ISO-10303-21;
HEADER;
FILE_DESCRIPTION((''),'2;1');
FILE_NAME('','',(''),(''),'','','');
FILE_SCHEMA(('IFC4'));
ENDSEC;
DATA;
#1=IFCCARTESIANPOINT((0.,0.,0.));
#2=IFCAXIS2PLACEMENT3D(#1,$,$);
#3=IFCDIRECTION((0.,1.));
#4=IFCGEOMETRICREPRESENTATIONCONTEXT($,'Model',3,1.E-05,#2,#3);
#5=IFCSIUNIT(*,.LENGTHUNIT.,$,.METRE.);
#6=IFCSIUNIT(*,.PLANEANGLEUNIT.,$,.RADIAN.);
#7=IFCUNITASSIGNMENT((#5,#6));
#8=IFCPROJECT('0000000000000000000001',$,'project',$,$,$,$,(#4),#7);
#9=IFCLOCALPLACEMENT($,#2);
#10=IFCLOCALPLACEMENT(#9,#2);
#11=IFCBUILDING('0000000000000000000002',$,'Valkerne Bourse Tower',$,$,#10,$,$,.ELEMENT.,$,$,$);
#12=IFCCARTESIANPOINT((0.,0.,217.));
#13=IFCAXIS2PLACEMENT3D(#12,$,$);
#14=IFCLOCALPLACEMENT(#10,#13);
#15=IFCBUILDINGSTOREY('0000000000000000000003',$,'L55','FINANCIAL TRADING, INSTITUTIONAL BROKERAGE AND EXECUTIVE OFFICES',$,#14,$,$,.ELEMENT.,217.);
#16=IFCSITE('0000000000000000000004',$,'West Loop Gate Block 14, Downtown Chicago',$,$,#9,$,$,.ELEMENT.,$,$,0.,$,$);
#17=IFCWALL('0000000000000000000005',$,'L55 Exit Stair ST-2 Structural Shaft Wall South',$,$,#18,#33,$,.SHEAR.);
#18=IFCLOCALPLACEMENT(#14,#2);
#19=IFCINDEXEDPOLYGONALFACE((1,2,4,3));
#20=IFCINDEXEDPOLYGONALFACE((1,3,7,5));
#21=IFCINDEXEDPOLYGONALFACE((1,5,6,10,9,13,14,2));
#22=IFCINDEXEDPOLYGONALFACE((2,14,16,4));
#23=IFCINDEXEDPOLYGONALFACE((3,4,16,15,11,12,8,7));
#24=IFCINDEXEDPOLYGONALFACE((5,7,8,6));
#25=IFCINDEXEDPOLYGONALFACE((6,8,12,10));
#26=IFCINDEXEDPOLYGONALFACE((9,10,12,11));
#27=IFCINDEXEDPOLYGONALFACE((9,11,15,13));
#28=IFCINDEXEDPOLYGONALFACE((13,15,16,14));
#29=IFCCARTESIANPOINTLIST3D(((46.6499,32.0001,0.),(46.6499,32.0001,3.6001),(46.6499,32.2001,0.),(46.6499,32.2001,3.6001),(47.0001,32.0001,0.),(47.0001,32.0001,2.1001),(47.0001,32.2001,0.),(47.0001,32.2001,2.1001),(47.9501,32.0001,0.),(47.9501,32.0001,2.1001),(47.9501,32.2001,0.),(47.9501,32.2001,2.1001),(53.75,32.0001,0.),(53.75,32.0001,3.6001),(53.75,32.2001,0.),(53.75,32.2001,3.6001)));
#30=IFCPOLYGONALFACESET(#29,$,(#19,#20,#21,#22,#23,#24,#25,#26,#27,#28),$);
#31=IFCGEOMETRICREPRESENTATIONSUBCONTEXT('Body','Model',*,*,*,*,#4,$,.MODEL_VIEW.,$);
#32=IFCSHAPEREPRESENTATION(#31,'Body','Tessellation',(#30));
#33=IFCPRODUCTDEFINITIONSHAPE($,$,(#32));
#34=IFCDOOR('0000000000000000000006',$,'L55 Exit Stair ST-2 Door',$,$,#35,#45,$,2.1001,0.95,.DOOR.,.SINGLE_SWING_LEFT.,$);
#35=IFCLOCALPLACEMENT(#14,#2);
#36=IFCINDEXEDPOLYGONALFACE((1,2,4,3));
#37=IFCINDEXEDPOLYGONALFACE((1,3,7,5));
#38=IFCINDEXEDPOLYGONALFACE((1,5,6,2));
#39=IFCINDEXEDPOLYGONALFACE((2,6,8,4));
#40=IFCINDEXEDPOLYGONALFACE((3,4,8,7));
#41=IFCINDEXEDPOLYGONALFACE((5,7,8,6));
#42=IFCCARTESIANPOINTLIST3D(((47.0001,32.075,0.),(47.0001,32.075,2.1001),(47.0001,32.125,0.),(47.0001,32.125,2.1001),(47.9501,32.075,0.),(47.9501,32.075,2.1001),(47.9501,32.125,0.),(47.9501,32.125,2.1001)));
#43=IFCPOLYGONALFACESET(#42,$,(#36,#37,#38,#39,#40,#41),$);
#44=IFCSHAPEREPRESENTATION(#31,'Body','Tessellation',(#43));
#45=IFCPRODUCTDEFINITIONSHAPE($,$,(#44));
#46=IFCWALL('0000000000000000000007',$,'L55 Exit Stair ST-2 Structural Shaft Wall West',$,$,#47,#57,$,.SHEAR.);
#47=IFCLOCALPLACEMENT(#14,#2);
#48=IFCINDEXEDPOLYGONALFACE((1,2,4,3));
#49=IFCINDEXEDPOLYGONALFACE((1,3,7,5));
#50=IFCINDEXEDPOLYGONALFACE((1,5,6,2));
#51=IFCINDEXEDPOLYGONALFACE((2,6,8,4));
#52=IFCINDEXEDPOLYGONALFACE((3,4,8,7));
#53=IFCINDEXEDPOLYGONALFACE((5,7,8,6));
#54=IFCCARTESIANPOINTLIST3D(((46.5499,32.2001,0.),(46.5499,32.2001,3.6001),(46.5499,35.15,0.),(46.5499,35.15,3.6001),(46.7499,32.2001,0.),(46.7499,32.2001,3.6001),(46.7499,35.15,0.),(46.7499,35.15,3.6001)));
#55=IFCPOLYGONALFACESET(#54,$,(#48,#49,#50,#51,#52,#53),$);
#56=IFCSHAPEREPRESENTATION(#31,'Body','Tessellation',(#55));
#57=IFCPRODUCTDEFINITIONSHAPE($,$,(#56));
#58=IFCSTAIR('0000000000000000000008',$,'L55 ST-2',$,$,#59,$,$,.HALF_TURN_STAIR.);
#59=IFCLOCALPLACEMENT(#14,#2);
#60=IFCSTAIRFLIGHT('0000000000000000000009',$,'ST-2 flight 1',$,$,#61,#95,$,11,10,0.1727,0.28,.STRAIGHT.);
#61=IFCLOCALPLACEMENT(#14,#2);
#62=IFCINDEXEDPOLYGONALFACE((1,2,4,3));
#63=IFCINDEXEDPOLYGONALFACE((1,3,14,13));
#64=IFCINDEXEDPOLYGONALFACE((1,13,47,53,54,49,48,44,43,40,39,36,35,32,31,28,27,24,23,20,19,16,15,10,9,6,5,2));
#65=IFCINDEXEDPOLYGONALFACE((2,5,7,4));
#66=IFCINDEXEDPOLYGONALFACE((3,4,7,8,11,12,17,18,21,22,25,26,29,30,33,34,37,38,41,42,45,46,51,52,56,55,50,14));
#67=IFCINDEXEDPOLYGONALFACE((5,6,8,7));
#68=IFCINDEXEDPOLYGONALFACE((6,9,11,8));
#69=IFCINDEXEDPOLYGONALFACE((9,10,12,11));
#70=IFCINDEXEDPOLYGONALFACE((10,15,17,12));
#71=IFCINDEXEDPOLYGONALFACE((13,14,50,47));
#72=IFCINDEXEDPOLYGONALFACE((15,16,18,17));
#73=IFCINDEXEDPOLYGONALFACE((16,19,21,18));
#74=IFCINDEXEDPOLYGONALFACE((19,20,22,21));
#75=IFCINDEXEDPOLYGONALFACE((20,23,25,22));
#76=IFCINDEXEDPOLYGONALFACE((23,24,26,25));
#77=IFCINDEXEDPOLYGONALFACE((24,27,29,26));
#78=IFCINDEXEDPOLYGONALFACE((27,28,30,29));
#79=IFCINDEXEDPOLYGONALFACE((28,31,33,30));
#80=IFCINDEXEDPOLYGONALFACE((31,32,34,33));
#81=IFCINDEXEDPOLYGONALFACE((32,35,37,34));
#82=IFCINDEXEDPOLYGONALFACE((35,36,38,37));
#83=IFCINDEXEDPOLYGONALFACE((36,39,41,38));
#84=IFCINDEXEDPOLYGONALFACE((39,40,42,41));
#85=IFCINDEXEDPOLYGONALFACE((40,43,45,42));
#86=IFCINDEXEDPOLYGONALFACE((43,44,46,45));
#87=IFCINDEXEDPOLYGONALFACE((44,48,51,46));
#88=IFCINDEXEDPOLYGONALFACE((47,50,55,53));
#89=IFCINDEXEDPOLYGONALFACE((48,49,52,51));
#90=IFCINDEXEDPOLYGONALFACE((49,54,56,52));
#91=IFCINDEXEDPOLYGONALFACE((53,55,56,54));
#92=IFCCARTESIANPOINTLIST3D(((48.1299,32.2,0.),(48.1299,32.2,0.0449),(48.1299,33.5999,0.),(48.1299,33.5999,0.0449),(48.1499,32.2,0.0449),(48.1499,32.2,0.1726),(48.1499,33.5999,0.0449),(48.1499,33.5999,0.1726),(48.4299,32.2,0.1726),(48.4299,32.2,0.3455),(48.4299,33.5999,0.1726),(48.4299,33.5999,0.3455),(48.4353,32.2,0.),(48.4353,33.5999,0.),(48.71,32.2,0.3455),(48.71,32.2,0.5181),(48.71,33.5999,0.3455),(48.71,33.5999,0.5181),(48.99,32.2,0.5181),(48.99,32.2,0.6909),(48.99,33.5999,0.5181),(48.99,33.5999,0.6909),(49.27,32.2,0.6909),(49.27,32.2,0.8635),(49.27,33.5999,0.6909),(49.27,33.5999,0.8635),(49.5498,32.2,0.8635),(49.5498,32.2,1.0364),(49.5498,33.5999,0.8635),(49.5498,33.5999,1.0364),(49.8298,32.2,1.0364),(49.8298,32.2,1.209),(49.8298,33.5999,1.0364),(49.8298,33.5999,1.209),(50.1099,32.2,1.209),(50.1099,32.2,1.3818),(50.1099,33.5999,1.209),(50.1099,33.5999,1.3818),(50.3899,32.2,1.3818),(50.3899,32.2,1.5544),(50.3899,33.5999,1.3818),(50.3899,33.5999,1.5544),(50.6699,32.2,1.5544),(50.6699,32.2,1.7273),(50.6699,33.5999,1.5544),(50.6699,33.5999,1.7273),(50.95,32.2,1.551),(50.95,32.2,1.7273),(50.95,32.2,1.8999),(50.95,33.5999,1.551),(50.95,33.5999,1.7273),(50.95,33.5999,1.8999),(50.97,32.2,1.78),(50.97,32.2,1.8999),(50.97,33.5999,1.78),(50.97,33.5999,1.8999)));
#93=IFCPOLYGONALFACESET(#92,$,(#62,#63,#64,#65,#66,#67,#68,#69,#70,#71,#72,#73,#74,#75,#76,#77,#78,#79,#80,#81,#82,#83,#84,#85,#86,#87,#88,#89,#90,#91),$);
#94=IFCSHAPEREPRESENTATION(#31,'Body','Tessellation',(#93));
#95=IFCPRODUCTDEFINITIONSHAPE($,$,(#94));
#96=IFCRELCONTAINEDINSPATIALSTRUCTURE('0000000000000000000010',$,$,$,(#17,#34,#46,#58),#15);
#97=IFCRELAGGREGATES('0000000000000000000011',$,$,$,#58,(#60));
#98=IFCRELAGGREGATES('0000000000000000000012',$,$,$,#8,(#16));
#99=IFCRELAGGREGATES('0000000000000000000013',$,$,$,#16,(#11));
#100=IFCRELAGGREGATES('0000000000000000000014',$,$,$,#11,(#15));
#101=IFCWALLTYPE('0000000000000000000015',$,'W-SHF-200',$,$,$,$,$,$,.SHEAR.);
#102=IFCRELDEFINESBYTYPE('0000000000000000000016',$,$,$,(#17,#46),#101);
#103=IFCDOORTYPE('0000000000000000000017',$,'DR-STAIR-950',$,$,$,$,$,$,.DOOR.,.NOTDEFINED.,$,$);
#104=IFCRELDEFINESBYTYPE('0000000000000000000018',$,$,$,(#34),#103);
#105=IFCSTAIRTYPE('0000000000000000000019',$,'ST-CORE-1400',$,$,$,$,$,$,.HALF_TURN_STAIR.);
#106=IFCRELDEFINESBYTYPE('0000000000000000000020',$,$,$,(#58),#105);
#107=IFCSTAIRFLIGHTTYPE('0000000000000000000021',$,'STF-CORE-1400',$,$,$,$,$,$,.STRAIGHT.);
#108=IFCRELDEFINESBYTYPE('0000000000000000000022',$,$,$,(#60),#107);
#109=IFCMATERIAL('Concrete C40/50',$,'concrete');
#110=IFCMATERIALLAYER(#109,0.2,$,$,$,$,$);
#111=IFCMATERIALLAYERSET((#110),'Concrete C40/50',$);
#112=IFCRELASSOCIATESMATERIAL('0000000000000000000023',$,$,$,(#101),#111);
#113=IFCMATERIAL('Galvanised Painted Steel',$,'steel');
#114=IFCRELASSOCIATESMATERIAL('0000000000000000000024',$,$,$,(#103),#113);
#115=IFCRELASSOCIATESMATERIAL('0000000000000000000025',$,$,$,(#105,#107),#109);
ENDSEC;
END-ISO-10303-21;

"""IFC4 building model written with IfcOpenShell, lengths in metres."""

from ifc_helpers import new_model, si_unit, direction, frame, frame_2d, origin, place, context, subcontext, project, spatial, polyline, rectangle, outline, extrude, material, layer, layer_set, type_object, element, fill, aggregate, save


model = new_model("IFC4")

# Units and contexts
model_context = context("Model", 3, precision=1e-05, world=origin(), true_north=direction((0.0, 1.0)))
body_context = subcontext(model_context, "Body", "Model", "MODEL_VIEW")
ifc_project = project(units=[si_unit("LENGTHUNIT", "METRE"), si_unit("PLANEANGLEUNIT", "RADIAN")], contexts=[model_context])

# Site, building, storey
site_placement = place(None, origin())
site = spatial("IfcSite", under=ifc_project, at=site_placement, Name="West Loop Gate Block 14, Downtown Chicago", CompositionType="ELEMENT", RefElevation=0.0)
building_placement = place(site_placement, origin())
building = spatial("IfcBuilding", under=site, at=building_placement, Name="Valkerne Bourse Tower", CompositionType="ELEMENT")
storey_placement = place(building_placement, frame((0.0, 0.0, 217.0)))
storey = spatial("IfcBuildingStorey", under=building, at=storey_placement, Name="L55", Description="FINANCIAL TRADING, INSTITUTIONAL BROKERAGE AND EXECUTIVE OFFICES", CompositionType="ELEMENT", Elevation=217.0)

# Shared definitions
ifc_material_1 = material(Name="Galvanised Painted Steel", Category="steel")

# Wall, opening, door
ifc_material_2 = material(Name="Concrete C40/50", Category="concrete")
ifc_layer_1 = layer(ifc_material_2, 0.2)
ifc_layer_set_1 = layer_set([ifc_layer_1], Name="Concrete C40/50")
wall_type_1 = type_object("IfcWallType", Name="W-SHF-200", PredefinedType="SHEAR", material=ifc_layer_set_1)
wall_1_placement = place(storey_placement, frame((46.6499, 32.1001, 0.0), z_axis=(0.0, 0.0, 1.0), x_axis=(1.0, 0.0, 0.0)))
wall_1 = element("IfcWall", 1, at=wall_1_placement, inside=storey, type_object=wall_type_1, Name="L55 Exit Stair ST-2 Structural Shaft Wall South", PredefinedType="SHEAR", context=body_context, shape_type="SweptSolid", body=[
    extrude(rectangle(XDim=7.1001, YDim=0.2, at=frame_2d((3.55, 0.0))), origin(), (0.0, 0.0, 1.0), 3.6001),
])
opening_1_placement = place(wall_1_placement, frame((0.3501, 0.0, 0.0)))
opening_1 = element("IfcOpeningElement", 2, at=opening_1_placement, cuts=wall_1, PredefinedType="OPENING", context=body_context, shape_type="SweptSolid", body=[
    extrude(rectangle(XDim=0.95, YDim=2.1001, at=frame_2d((0.4751, 1.05))), frame((0.0, 0.1099, 0.0), z_axis=(0.0, -1.0, 0.0), x_axis=(1.0, 0.0, 0.0)), (0.0, 0.0, 1.0), 0.22),
])
door_type_1 = type_object("IfcDoorType", Name="DR-STAIR-950", OperationType="NOTDEFINED", PredefinedType="DOOR", material=ifc_material_1)
door_1_placement = place(opening_1_placement, origin())
door_1 = element("IfcDoor", 3, at=door_1_placement, inside=storey, type_object=door_type_1, Name="L55 Exit Stair ST-2 Door", OperationType="SINGLE_SWING_LEFT", OverallHeight=2.1001, OverallWidth=0.95, PredefinedType="DOOR", context=body_context, shape_type="SweptSolid", body=[
    extrude(rectangle(XDim=0.95, YDim=2.1001, at=frame_2d((0.4751, 1.05))), frame((0.0, 0.0249, 0.0), z_axis=(0.0, -1.0, 0.0), x_axis=(1.0, 0.0, 0.0)), (0.0, 0.0, 1.0), 0.05),
])
fill(opening_1, door_1)

# Wall
wall_2_placement = place(storey_placement, frame((46.6499, 32.2, 0.0), z_axis=(0.0, 0.0, 1.0), x_axis=(0.0, 1.0, 0.0)))
element("IfcWall", 4, at=wall_2_placement, inside=storey, type_object=wall_type_1, Name="L55 Exit Stair ST-2 Structural Shaft Wall West", PredefinedType="SHEAR", context=body_context, shape_type="SweptSolid", body=[
    extrude(rectangle(XDim=2.95, YDim=0.2, at=frame_2d((1.4751, 0.0))), origin(), (0.0, 0.0, 1.0), 3.6001),
])

# Stair, stair flight
stair_type = type_object("IfcStairType", Name="ST-CORE-1400", PredefinedType="HALF_TURN_STAIR", material=ifc_material_2)
stair_placement = place(storey_placement, origin())
stair = element("IfcStair", 5, at=stair_placement, inside=storey, type_object=stair_type, Name="L55 ST-2", PredefinedType="HALF_TURN_STAIR")
stair_flight_type = type_object("IfcStairFlightType", Name="STF-CORE-1400", PredefinedType="STRAIGHT", material=ifc_material_2)
stair_flight_placement = place(storey_placement, frame((48.1499, 32.8999, 0.0), z_axis=(0.0, 0.0, 1.0), x_axis=(1.0, 0.0, 0.0)))
stair_flight = element("IfcStairFlight", 6, at=stair_flight_placement, type_object=stair_flight_type, Name="ST-2 flight 1", NumberOfRisers=11, NumberOfTreads=10, PredefinedType="STRAIGHT", RiserHeight=0.1727, TreadLength=0.28, context=body_context, shape_type="SweptSolid", body=[
    extrude(outline(polyline([(-0.02, 0.0), (-0.02, 0.0449), (0.0, 0.0449), (0.0, 0.1726), (0.28, 0.1726), (0.28, 0.3455), (0.5601, 0.3455), (0.5601, 0.5181), (0.8401, 0.5181), (0.8401, 0.6909), (1.1201, 0.6909), (1.1201, 0.8635), (1.3999, 0.8635), (1.3999, 1.0364), (1.6799, 1.0364), (1.6799, 1.209), (1.96, 1.209), (1.96, 1.3818), (2.24, 1.3818), (2.24, 1.5544), (2.52, 1.5544), (2.52, 1.7273), (2.8, 1.7273), (2.8, 1.8999), (2.8201, 1.8999), (2.8201, 1.78), (2.8, 1.551), (0.2854, 0.0), (-0.02, 0.0)])), frame((0.0, 0.7, 0.0), z_axis=(0.0, -1.0, 0.0), x_axis=(1.0, 0.0, 0.0)), (0.0, 0.0, 1.0), 1.3999),
])
aggregate(stair, [stair_flight])

save(model, "model.ifc")
